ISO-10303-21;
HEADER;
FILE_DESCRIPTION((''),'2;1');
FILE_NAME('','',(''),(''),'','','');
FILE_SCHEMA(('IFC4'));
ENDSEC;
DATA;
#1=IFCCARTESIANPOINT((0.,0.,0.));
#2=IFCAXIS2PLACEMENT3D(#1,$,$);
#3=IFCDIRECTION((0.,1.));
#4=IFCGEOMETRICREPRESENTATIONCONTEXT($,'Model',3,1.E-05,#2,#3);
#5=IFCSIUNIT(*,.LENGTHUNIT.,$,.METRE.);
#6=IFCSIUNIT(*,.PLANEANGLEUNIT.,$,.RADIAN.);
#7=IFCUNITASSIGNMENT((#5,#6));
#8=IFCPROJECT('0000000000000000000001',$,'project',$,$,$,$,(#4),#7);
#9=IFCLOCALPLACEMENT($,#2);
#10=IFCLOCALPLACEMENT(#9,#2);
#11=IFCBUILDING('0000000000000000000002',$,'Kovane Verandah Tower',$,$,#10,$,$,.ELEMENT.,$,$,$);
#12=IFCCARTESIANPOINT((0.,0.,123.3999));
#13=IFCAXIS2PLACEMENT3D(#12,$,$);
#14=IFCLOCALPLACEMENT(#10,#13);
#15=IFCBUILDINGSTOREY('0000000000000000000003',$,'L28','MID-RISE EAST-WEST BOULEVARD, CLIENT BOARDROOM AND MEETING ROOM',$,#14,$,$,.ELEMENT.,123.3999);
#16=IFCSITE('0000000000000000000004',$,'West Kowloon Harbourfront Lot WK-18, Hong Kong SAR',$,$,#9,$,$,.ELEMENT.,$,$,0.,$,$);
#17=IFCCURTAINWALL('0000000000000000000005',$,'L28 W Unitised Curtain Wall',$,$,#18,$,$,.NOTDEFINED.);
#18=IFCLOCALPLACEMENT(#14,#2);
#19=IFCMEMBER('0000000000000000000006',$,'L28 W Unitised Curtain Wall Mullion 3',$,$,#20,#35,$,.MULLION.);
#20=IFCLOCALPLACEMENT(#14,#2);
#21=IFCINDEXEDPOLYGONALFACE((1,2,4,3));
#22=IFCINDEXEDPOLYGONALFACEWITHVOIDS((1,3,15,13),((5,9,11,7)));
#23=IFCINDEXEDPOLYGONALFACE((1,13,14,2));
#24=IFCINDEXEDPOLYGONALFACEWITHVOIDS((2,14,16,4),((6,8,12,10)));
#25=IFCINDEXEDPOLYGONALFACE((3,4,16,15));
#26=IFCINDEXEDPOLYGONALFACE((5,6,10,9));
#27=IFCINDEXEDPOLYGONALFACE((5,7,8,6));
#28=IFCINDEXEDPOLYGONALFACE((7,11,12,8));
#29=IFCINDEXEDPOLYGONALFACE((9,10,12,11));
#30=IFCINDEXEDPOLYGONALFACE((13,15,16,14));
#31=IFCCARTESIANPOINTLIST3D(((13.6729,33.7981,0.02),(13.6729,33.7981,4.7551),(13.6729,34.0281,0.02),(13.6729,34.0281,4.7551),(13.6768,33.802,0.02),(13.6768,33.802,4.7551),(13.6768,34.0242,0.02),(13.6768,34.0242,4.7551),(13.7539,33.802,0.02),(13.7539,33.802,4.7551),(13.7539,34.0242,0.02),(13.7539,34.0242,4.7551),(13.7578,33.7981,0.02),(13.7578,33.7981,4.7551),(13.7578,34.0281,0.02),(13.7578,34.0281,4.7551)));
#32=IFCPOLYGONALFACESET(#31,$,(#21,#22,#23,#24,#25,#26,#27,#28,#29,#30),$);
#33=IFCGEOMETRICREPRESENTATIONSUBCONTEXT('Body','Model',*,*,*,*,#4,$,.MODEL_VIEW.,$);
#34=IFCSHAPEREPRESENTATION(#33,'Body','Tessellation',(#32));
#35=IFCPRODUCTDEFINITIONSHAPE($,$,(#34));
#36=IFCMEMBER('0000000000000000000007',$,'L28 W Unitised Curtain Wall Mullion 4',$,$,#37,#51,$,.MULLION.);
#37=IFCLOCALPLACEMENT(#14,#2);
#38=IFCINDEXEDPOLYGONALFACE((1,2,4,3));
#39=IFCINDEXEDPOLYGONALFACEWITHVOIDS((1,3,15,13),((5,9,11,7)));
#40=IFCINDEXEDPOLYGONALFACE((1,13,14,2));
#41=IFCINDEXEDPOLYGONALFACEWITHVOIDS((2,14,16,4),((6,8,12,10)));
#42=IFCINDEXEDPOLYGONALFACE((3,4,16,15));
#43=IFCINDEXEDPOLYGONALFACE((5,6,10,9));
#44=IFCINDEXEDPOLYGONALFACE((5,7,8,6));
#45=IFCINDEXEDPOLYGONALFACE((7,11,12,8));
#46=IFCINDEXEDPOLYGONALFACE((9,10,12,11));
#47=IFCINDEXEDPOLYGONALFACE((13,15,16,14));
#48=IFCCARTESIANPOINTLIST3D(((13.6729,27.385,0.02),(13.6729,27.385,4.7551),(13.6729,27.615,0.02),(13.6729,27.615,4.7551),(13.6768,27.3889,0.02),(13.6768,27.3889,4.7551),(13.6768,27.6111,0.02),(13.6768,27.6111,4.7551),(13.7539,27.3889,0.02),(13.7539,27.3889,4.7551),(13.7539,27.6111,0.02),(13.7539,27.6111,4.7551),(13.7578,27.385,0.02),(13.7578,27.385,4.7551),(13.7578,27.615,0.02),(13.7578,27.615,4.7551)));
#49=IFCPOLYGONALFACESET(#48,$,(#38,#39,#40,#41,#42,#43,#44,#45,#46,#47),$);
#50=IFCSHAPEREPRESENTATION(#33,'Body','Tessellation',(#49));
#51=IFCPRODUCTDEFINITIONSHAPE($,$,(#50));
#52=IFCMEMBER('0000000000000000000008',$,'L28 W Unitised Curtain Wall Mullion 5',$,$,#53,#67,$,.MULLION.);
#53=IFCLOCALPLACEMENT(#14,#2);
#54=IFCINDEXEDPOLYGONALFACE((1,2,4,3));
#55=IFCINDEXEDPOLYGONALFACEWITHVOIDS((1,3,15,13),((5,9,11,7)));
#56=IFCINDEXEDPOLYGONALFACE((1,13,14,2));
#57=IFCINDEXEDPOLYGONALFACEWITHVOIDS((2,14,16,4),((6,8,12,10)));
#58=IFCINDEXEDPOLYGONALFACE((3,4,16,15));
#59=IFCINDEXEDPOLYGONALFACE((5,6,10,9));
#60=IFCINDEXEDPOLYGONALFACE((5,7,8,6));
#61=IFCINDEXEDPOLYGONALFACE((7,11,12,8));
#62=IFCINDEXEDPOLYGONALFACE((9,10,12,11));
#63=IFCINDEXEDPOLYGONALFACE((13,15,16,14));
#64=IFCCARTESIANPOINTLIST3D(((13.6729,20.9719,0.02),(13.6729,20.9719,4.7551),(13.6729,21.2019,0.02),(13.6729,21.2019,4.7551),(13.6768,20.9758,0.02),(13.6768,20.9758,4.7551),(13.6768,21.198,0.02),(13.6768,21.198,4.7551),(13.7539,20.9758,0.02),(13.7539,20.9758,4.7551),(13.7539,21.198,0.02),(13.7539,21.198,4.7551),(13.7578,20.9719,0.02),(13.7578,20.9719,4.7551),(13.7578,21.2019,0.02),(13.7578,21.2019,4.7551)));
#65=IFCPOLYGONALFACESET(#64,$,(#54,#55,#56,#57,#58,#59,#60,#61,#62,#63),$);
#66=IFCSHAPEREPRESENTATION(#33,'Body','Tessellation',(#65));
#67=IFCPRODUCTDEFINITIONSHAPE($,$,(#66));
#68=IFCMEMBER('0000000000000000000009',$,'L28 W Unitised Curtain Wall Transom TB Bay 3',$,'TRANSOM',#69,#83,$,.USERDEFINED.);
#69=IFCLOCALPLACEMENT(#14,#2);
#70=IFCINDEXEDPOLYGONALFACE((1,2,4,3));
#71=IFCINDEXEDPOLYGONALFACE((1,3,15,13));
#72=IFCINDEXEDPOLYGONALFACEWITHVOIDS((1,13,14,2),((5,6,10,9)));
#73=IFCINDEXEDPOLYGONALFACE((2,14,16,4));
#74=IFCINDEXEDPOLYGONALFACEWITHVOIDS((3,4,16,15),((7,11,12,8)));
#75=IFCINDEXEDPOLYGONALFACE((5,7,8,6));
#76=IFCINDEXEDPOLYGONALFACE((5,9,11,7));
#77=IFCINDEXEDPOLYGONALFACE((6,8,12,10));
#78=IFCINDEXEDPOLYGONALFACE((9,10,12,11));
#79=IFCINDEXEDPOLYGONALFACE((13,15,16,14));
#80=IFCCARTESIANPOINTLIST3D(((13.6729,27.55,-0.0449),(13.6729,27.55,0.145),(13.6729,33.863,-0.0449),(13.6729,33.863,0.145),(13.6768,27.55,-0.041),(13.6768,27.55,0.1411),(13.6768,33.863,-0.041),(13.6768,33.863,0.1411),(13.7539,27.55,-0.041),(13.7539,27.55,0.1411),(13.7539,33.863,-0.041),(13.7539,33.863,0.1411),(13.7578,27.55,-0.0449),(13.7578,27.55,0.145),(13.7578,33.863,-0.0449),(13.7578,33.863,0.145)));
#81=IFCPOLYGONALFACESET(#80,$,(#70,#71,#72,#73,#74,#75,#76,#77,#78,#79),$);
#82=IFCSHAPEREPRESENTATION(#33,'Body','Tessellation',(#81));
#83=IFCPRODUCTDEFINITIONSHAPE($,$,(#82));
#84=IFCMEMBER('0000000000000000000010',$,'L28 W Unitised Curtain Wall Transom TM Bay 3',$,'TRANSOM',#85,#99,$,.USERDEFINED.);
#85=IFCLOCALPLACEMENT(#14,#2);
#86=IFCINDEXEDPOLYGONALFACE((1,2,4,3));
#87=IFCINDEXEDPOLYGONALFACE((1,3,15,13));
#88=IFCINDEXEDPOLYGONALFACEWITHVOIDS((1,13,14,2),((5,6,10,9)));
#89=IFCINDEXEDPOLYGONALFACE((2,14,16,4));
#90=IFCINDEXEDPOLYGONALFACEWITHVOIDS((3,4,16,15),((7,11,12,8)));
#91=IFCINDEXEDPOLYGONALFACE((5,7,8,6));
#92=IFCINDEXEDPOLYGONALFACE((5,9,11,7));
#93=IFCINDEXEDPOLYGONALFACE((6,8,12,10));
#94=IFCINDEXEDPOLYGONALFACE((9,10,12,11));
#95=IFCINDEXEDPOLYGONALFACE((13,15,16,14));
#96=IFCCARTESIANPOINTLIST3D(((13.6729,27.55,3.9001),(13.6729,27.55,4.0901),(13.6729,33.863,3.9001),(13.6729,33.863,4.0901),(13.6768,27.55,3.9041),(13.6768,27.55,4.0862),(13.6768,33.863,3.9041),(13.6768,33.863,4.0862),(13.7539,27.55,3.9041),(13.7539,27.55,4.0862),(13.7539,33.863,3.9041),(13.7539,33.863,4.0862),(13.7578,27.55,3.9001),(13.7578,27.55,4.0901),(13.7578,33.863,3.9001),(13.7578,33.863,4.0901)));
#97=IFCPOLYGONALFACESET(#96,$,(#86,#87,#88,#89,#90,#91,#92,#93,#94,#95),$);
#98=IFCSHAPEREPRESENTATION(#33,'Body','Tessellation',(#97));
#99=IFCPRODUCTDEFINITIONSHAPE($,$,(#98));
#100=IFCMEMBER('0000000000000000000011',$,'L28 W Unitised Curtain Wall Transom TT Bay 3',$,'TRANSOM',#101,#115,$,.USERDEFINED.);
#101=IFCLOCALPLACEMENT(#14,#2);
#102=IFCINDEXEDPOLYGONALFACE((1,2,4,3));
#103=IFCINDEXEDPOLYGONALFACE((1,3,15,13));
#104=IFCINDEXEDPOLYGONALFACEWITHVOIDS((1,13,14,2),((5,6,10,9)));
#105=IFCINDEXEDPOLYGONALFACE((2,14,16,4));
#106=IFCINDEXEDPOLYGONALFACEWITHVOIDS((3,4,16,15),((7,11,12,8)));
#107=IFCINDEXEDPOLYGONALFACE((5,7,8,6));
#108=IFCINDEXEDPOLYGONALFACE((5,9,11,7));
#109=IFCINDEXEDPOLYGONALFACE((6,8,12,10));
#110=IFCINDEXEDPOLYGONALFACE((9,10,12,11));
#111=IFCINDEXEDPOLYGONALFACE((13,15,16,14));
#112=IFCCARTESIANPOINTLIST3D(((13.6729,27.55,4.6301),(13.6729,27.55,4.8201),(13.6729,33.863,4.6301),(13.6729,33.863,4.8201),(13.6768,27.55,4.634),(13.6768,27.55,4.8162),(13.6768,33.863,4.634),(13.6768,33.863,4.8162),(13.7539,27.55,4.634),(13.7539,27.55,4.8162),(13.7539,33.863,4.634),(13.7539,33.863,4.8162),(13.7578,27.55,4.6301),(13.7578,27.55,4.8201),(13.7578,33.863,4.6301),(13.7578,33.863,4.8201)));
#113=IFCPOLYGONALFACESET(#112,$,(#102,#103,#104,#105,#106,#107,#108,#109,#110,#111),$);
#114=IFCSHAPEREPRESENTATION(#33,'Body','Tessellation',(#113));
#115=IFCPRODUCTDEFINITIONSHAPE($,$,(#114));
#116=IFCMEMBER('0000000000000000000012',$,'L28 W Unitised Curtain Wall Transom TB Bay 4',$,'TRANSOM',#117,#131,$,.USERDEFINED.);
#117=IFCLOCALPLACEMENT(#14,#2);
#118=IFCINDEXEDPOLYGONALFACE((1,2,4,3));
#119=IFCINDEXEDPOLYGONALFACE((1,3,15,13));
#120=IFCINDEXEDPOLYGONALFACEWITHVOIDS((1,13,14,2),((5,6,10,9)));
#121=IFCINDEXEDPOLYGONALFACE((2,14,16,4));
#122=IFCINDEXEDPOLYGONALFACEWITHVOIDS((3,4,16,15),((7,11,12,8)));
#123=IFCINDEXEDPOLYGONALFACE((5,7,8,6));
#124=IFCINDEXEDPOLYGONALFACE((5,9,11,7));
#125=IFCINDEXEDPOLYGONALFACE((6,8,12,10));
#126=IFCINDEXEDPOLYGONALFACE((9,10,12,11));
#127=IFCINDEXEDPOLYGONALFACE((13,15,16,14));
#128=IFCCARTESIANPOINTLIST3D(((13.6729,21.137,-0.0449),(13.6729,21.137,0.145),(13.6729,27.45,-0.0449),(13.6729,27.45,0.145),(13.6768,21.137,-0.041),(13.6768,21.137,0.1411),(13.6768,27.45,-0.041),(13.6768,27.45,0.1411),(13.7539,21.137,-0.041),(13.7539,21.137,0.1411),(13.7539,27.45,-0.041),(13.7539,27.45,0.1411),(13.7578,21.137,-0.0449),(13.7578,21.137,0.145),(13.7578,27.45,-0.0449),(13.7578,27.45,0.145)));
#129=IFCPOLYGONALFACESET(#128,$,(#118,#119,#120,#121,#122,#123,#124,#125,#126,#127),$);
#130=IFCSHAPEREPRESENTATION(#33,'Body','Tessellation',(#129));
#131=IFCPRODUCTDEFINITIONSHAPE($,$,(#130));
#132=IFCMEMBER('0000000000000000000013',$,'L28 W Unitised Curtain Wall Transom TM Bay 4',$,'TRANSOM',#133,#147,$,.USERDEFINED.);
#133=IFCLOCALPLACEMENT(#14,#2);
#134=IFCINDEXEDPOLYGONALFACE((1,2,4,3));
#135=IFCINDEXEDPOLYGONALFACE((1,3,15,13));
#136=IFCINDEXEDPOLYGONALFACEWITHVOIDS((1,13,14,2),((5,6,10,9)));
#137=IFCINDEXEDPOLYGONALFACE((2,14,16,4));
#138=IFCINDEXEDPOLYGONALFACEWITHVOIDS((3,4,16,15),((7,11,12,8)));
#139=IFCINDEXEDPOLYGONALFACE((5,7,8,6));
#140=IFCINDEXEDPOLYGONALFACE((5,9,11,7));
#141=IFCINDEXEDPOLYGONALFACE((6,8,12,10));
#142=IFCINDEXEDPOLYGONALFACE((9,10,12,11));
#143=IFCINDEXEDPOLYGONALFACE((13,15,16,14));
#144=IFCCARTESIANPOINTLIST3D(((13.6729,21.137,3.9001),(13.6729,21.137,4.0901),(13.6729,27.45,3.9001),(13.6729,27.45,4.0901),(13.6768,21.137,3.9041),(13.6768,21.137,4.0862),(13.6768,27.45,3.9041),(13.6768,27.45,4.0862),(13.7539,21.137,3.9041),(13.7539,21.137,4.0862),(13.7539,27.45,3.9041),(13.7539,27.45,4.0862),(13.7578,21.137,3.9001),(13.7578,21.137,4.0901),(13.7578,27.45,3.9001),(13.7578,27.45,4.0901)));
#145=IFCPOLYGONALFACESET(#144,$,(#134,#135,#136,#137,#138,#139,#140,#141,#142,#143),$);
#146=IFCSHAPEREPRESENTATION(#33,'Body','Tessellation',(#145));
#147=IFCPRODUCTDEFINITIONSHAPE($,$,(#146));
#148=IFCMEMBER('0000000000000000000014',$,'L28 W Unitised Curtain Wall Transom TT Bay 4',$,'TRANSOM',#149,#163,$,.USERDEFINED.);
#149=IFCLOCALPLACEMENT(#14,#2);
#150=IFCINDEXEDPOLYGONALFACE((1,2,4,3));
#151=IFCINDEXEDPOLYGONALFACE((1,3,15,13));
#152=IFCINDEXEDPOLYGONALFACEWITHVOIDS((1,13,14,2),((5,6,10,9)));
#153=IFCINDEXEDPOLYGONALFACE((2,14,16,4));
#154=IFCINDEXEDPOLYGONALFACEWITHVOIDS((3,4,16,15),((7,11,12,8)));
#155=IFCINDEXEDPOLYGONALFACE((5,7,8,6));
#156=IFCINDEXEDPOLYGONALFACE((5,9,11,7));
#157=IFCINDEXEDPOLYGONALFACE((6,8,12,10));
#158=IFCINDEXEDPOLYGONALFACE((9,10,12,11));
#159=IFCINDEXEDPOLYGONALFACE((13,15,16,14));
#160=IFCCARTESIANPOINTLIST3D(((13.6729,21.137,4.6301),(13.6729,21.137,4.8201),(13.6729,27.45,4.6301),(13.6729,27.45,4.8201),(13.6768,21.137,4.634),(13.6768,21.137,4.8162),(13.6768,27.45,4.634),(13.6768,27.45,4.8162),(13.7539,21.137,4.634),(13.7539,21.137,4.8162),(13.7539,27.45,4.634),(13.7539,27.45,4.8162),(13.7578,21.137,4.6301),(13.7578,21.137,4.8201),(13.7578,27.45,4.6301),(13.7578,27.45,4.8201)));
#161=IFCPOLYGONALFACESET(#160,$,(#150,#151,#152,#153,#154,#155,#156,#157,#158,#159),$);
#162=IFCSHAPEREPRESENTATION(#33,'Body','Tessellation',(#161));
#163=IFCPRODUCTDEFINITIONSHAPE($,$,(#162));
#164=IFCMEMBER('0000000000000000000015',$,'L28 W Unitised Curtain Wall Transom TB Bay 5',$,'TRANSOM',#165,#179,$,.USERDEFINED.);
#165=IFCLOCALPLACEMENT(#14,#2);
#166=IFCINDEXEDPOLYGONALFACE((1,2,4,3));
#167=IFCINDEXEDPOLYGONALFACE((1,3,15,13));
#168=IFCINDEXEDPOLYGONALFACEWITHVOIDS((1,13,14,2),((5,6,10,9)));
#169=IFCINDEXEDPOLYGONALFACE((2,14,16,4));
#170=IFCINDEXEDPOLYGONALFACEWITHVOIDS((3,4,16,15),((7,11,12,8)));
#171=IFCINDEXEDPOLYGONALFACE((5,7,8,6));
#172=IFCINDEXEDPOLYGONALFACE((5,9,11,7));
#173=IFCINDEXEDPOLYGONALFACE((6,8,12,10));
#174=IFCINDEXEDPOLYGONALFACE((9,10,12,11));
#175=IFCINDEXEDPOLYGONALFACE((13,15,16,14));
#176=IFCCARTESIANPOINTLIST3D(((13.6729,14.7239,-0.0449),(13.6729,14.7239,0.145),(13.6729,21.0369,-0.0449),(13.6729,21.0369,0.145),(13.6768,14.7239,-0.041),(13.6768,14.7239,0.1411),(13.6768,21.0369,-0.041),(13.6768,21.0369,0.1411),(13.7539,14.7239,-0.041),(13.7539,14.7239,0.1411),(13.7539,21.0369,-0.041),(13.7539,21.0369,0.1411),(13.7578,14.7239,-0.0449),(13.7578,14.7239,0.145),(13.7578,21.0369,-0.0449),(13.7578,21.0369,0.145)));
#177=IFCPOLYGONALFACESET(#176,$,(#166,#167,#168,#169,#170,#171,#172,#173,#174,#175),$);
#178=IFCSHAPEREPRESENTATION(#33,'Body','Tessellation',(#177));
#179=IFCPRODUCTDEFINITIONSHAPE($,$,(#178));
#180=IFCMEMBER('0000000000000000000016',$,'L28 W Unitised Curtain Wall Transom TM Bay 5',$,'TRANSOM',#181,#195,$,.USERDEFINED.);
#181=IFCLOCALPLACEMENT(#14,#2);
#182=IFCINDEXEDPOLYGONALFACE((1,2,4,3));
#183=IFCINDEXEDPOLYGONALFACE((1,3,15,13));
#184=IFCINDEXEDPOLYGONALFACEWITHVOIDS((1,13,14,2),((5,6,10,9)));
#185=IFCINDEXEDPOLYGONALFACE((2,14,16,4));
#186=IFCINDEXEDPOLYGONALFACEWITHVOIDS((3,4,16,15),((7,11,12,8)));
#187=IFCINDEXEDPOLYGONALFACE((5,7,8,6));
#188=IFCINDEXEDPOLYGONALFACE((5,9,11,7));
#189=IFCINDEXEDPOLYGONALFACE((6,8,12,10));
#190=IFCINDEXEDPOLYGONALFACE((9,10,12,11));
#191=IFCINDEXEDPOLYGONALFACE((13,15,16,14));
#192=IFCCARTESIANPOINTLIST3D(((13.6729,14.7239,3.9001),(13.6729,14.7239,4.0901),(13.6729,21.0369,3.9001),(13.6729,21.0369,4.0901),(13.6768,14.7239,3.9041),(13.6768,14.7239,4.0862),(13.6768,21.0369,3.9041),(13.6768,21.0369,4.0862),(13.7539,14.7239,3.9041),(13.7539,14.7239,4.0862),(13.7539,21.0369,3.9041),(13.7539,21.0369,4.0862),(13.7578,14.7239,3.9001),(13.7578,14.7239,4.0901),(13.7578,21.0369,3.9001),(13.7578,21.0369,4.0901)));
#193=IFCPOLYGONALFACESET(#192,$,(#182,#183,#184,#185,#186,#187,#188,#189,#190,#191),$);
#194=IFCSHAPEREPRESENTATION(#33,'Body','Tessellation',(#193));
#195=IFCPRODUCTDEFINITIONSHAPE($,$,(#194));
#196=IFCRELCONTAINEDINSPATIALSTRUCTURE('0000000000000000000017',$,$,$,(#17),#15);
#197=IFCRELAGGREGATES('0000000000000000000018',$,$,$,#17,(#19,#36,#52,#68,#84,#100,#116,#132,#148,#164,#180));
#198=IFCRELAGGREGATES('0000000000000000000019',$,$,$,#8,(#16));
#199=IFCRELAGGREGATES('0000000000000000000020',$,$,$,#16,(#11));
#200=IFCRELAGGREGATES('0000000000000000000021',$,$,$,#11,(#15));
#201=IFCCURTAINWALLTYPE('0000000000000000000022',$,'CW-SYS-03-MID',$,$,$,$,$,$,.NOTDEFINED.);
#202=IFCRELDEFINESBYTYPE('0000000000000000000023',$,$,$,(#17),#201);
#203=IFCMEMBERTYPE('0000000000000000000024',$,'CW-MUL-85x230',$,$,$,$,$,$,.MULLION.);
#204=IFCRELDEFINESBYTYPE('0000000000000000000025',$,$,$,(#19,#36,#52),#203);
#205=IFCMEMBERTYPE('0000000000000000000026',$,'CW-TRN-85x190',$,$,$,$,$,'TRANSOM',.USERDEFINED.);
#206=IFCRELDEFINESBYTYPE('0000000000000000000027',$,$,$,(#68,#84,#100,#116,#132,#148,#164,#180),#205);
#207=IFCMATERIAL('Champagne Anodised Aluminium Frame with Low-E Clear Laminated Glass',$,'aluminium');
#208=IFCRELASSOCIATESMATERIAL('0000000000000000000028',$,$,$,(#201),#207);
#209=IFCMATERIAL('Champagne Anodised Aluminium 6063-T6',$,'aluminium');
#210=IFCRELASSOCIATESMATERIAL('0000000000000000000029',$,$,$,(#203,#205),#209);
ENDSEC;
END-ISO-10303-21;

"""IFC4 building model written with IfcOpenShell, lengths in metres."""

from ifc_helpers import new_model, si_unit, direction, frame, origin, origin_2d, place, context, subcontext, project, spatial, hollow_rectangle, extrude, material, material_profile, profile_set, type_object, element, aggregate, save


model = new_model("IFC4")

# Units and contexts
model_context = context("Model", 3, precision=1e-05, world=origin(), true_north=direction((0.0, 1.0)))
body_context = subcontext(model_context, "Body", "Model", "MODEL_VIEW")
ifc_project = project(units=[si_unit("LENGTHUNIT", "METRE"), si_unit("PLANEANGLEUNIT", "RADIAN")], contexts=[model_context])

# Site, building, storey
site_placement = place(None, origin())
site = spatial("IfcSite", under=ifc_project, at=site_placement, Name="West Kowloon Harbourfront Lot WK-18, Hong Kong SAR", CompositionType="ELEMENT", RefElevation=0.0)
building_placement = place(site_placement, origin())
building = spatial("IfcBuilding", under=site, at=building_placement, Name="Kovane Verandah Tower", CompositionType="ELEMENT")
storey_placement = place(building_placement, frame((0.0, 0.0, 123.3999)))
storey = spatial("IfcBuildingStorey", under=building, at=storey_placement, Name="L28", Description="MID-RISE EAST-WEST BOULEVARD, CLIENT BOARDROOM AND MEETING ROOM", CompositionType="ELEMENT", Elevation=123.3999)

# Curtain wall, members
ifc_material_1 = material(Name="Champagne Anodised Aluminium Frame with Low-E Clear Laminated Glass", Category="aluminium")
curtain_wall_type = type_object("IfcCurtainWallType", Name="CW-SYS-03-MID", PredefinedType="NOTDEFINED", material=ifc_material_1)
curtain_wall_placement = place(storey_placement, origin())
curtain_wall = element("IfcCurtainWall", 1, at=curtain_wall_placement, inside=storey, type_object=curtain_wall_type, Name="L28 W Unitised Curtain Wall", PredefinedType="NOTDEFINED")
ifc_material_2 = material(Name="Champagne Anodised Aluminium 6063-T6", Category="aluminium")
ifc_material_profile_1 = material_profile(ifc_material_2, hollow_rectangle(XDim=0.085, YDim=0.23, WallThickness=0.0039, at=origin_2d()), Name="AL85x230x4")
ifc_profile_set_1 = profile_set([ifc_material_profile_1], Name="Champagne Anodised Aluminium 6063-T6")
member_type_1 = type_object("IfcMemberType", Name="CW-MUL-85x230", PredefinedType="MULLION", material=ifc_profile_set_1)
member_1_placement = place(storey_placement, frame((13.7153, 33.9131, 0.02), z_axis=(0.0, 0.0, 1.0), x_axis=(-1.0, 0.0, 0.0)))
member_1 = element("IfcMember", 2, at=member_1_placement, type_object=member_type_1, Name="L28 W Unitised Curtain Wall Mullion 3", PredefinedType="MULLION", context=body_context, shape_type="SweptSolid", body=[
    extrude(hollow_rectangle(XDim=0.085, YDim=0.23, WallThickness=0.0039, at=origin_2d()), origin(), (0.0, 0.0, 1.0), 4.7351),
])
member_2_placement = place(storey_placement, frame((13.7153, 27.5, 0.02), z_axis=(0.0, 0.0, 1.0), x_axis=(-1.0, 0.0, 0.0)))
member_2 = element("IfcMember", 3, at=member_2_placement, type_object=member_type_1, Name="L28 W Unitised Curtain Wall Mullion 4", PredefinedType="MULLION", context=body_context, shape_type="SweptSolid", body=[
    extrude(hollow_rectangle(XDim=0.085, YDim=0.23, WallThickness=0.0039, at=origin_2d()), origin(), (0.0, 0.0, 1.0), 4.7351),
])
member_3_placement = place(storey_placement, frame((13.7153, 21.0869, 0.02), z_axis=(0.0, 0.0, 1.0), x_axis=(-1.0, 0.0, 0.0)))
member_3 = element("IfcMember", 4, at=member_3_placement, type_object=member_type_1, Name="L28 W Unitised Curtain Wall Mullion 5", PredefinedType="MULLION", context=body_context, shape_type="SweptSolid", body=[
    extrude(hollow_rectangle(XDim=0.085, YDim=0.23, WallThickness=0.0039, at=origin_2d()), origin(), (0.0, 0.0, 1.0), 4.7351),
])
ifc_material_profile_2 = material_profile(ifc_material_2, hollow_rectangle(XDim=0.085, YDim=0.1899, WallThickness=0.0039, at=origin_2d()), Name="AL85x190x4")
ifc_profile_set_2 = profile_set([ifc_material_profile_2], Name="Champagne Anodised Aluminium 6063-T6")
member_type_2 = type_object("IfcMemberType", Name="CW-TRN-85x190", ElementType="TRANSOM", PredefinedType="USERDEFINED", material=ifc_profile_set_2)
member_4_placement = place(storey_placement, frame((13.7153, 33.863, 0.05), z_axis=(0.0, -1.0, 0.0), x_axis=(1.0, 0.0, 0.0)))
member_4 = element("IfcMember", 5, at=member_4_placement, type_object=member_type_2, Name="L28 W Unitised Curtain Wall Transom TB Bay 3", ObjectType="TRANSOM", PredefinedType="USERDEFINED", context=body_context, shape_type="SweptSolid", body=[
    extrude(hollow_rectangle(XDim=0.085, YDim=0.1899, WallThickness=0.0039, at=origin_2d()), origin(), (0.0, 0.0, 1.0), 6.313),
])
member_5_placement = place(storey_placement, frame((13.7153, 33.863, 3.9951), z_axis=(0.0, -1.0, 0.0), x_axis=(1.0, 0.0, 0.0)))
member_5 = element("IfcMember", 6, at=member_5_placement, type_object=member_type_2, Name="L28 W Unitised Curtain Wall Transom TM Bay 3", ObjectType="TRANSOM", PredefinedType="USERDEFINED", context=body_context, shape_type="SweptSolid", body=[
    extrude(hollow_rectangle(XDim=0.085, YDim=0.1899, WallThickness=0.0039, at=origin_2d()), origin(), (0.0, 0.0, 1.0), 6.313),
])
member_6_placement = place(storey_placement, frame((13.7153, 33.863, 4.7251), z_axis=(0.0, -1.0, 0.0), x_axis=(1.0, 0.0, 0.0)))
member_6 = element("IfcMember", 7, at=member_6_placement, type_object=member_type_2, Name="L28 W Unitised Curtain Wall Transom TT Bay 3", ObjectType="TRANSOM", PredefinedType="USERDEFINED", context=body_context, shape_type="SweptSolid", body=[
    extrude(hollow_rectangle(XDim=0.085, YDim=0.1899, WallThickness=0.0039, at=origin_2d()), origin(), (0.0, 0.0, 1.0), 6.313),
])
member_7_placement = place(storey_placement, frame((13.7153, 27.45, 0.05), z_axis=(0.0, -1.0, 0.0), x_axis=(1.0, 0.0, 0.0)))
member_7 = element("IfcMember", 8, at=member_7_placement, type_object=member_type_2, Name="L28 W Unitised Curtain Wall Transom TB Bay 4", ObjectType="TRANSOM", PredefinedType="USERDEFINED", context=body_context, shape_type="SweptSolid", body=[
    extrude(hollow_rectangle(XDim=0.085, YDim=0.1899, WallThickness=0.0039, at=origin_2d()), origin(), (0.0, 0.0, 1.0), 6.313),
])
member_8_placement = place(storey_placement, frame((13.7153, 27.45, 3.9951), z_axis=(0.0, -1.0, 0.0), x_axis=(1.0, 0.0, 0.0)))
member_8 = element("IfcMember", 9, at=member_8_placement, type_object=member_type_2, Name="L28 W Unitised Curtain Wall Transom TM Bay 4", ObjectType="TRANSOM", PredefinedType="USERDEFINED", context=body_context, shape_type="SweptSolid", body=[
    extrude(hollow_rectangle(XDim=0.085, YDim=0.1899, WallThickness=0.0039, at=origin_2d()), origin(), (0.0, 0.0, 1.0), 6.313),
])
member_9_placement = place(storey_placement, frame((13.7153, 27.45, 4.7251), z_axis=(0.0, -1.0, 0.0), x_axis=(1.0, 0.0, 0.0)))
member_9 = element("IfcMember", 10, at=member_9_placement, type_object=member_type_2, Name="L28 W Unitised Curtain Wall Transom TT Bay 4", ObjectType="TRANSOM", PredefinedType="USERDEFINED", context=body_context, shape_type="SweptSolid", body=[
    extrude(hollow_rectangle(XDim=0.085, YDim=0.1899, WallThickness=0.0039, at=origin_2d()), origin(), (0.0, 0.0, 1.0), 6.313),
])
member_10_placement = place(storey_placement, frame((13.7153, 21.0369, 0.05), z_axis=(0.0, -1.0, 0.0), x_axis=(1.0, 0.0, 0.0)))
member_10 = element("IfcMember", 11, at=member_10_placement, type_object=member_type_2, Name="L28 W Unitised Curtain Wall Transom TB Bay 5", ObjectType="TRANSOM", PredefinedType="USERDEFINED", context=body_context, shape_type="SweptSolid", body=[
    extrude(hollow_rectangle(XDim=0.085, YDim=0.1899, WallThickness=0.0039, at=origin_2d()), origin(), (0.0, 0.0, 1.0), 6.313),
])
member_11_placement = place(storey_placement, frame((13.7153, 21.0369, 3.9951), z_axis=(0.0, -1.0, 0.0), x_axis=(1.0, 0.0, 0.0)))
member_11 = element("IfcMember", 12, at=member_11_placement, type_object=member_type_2, Name="L28 W Unitised Curtain Wall Transom TM Bay 5", ObjectType="TRANSOM", PredefinedType="USERDEFINED", context=body_context, shape_type="SweptSolid", body=[
    extrude(hollow_rectangle(XDim=0.085, YDim=0.1899, WallThickness=0.0039, at=origin_2d()), origin(), (0.0, 0.0, 1.0), 6.313),
])
aggregate(curtain_wall, [member_1, member_2, member_3, member_4, member_5, member_6, member_7, member_8, member_9, member_10, member_11])

save(model, "model.ifc")
